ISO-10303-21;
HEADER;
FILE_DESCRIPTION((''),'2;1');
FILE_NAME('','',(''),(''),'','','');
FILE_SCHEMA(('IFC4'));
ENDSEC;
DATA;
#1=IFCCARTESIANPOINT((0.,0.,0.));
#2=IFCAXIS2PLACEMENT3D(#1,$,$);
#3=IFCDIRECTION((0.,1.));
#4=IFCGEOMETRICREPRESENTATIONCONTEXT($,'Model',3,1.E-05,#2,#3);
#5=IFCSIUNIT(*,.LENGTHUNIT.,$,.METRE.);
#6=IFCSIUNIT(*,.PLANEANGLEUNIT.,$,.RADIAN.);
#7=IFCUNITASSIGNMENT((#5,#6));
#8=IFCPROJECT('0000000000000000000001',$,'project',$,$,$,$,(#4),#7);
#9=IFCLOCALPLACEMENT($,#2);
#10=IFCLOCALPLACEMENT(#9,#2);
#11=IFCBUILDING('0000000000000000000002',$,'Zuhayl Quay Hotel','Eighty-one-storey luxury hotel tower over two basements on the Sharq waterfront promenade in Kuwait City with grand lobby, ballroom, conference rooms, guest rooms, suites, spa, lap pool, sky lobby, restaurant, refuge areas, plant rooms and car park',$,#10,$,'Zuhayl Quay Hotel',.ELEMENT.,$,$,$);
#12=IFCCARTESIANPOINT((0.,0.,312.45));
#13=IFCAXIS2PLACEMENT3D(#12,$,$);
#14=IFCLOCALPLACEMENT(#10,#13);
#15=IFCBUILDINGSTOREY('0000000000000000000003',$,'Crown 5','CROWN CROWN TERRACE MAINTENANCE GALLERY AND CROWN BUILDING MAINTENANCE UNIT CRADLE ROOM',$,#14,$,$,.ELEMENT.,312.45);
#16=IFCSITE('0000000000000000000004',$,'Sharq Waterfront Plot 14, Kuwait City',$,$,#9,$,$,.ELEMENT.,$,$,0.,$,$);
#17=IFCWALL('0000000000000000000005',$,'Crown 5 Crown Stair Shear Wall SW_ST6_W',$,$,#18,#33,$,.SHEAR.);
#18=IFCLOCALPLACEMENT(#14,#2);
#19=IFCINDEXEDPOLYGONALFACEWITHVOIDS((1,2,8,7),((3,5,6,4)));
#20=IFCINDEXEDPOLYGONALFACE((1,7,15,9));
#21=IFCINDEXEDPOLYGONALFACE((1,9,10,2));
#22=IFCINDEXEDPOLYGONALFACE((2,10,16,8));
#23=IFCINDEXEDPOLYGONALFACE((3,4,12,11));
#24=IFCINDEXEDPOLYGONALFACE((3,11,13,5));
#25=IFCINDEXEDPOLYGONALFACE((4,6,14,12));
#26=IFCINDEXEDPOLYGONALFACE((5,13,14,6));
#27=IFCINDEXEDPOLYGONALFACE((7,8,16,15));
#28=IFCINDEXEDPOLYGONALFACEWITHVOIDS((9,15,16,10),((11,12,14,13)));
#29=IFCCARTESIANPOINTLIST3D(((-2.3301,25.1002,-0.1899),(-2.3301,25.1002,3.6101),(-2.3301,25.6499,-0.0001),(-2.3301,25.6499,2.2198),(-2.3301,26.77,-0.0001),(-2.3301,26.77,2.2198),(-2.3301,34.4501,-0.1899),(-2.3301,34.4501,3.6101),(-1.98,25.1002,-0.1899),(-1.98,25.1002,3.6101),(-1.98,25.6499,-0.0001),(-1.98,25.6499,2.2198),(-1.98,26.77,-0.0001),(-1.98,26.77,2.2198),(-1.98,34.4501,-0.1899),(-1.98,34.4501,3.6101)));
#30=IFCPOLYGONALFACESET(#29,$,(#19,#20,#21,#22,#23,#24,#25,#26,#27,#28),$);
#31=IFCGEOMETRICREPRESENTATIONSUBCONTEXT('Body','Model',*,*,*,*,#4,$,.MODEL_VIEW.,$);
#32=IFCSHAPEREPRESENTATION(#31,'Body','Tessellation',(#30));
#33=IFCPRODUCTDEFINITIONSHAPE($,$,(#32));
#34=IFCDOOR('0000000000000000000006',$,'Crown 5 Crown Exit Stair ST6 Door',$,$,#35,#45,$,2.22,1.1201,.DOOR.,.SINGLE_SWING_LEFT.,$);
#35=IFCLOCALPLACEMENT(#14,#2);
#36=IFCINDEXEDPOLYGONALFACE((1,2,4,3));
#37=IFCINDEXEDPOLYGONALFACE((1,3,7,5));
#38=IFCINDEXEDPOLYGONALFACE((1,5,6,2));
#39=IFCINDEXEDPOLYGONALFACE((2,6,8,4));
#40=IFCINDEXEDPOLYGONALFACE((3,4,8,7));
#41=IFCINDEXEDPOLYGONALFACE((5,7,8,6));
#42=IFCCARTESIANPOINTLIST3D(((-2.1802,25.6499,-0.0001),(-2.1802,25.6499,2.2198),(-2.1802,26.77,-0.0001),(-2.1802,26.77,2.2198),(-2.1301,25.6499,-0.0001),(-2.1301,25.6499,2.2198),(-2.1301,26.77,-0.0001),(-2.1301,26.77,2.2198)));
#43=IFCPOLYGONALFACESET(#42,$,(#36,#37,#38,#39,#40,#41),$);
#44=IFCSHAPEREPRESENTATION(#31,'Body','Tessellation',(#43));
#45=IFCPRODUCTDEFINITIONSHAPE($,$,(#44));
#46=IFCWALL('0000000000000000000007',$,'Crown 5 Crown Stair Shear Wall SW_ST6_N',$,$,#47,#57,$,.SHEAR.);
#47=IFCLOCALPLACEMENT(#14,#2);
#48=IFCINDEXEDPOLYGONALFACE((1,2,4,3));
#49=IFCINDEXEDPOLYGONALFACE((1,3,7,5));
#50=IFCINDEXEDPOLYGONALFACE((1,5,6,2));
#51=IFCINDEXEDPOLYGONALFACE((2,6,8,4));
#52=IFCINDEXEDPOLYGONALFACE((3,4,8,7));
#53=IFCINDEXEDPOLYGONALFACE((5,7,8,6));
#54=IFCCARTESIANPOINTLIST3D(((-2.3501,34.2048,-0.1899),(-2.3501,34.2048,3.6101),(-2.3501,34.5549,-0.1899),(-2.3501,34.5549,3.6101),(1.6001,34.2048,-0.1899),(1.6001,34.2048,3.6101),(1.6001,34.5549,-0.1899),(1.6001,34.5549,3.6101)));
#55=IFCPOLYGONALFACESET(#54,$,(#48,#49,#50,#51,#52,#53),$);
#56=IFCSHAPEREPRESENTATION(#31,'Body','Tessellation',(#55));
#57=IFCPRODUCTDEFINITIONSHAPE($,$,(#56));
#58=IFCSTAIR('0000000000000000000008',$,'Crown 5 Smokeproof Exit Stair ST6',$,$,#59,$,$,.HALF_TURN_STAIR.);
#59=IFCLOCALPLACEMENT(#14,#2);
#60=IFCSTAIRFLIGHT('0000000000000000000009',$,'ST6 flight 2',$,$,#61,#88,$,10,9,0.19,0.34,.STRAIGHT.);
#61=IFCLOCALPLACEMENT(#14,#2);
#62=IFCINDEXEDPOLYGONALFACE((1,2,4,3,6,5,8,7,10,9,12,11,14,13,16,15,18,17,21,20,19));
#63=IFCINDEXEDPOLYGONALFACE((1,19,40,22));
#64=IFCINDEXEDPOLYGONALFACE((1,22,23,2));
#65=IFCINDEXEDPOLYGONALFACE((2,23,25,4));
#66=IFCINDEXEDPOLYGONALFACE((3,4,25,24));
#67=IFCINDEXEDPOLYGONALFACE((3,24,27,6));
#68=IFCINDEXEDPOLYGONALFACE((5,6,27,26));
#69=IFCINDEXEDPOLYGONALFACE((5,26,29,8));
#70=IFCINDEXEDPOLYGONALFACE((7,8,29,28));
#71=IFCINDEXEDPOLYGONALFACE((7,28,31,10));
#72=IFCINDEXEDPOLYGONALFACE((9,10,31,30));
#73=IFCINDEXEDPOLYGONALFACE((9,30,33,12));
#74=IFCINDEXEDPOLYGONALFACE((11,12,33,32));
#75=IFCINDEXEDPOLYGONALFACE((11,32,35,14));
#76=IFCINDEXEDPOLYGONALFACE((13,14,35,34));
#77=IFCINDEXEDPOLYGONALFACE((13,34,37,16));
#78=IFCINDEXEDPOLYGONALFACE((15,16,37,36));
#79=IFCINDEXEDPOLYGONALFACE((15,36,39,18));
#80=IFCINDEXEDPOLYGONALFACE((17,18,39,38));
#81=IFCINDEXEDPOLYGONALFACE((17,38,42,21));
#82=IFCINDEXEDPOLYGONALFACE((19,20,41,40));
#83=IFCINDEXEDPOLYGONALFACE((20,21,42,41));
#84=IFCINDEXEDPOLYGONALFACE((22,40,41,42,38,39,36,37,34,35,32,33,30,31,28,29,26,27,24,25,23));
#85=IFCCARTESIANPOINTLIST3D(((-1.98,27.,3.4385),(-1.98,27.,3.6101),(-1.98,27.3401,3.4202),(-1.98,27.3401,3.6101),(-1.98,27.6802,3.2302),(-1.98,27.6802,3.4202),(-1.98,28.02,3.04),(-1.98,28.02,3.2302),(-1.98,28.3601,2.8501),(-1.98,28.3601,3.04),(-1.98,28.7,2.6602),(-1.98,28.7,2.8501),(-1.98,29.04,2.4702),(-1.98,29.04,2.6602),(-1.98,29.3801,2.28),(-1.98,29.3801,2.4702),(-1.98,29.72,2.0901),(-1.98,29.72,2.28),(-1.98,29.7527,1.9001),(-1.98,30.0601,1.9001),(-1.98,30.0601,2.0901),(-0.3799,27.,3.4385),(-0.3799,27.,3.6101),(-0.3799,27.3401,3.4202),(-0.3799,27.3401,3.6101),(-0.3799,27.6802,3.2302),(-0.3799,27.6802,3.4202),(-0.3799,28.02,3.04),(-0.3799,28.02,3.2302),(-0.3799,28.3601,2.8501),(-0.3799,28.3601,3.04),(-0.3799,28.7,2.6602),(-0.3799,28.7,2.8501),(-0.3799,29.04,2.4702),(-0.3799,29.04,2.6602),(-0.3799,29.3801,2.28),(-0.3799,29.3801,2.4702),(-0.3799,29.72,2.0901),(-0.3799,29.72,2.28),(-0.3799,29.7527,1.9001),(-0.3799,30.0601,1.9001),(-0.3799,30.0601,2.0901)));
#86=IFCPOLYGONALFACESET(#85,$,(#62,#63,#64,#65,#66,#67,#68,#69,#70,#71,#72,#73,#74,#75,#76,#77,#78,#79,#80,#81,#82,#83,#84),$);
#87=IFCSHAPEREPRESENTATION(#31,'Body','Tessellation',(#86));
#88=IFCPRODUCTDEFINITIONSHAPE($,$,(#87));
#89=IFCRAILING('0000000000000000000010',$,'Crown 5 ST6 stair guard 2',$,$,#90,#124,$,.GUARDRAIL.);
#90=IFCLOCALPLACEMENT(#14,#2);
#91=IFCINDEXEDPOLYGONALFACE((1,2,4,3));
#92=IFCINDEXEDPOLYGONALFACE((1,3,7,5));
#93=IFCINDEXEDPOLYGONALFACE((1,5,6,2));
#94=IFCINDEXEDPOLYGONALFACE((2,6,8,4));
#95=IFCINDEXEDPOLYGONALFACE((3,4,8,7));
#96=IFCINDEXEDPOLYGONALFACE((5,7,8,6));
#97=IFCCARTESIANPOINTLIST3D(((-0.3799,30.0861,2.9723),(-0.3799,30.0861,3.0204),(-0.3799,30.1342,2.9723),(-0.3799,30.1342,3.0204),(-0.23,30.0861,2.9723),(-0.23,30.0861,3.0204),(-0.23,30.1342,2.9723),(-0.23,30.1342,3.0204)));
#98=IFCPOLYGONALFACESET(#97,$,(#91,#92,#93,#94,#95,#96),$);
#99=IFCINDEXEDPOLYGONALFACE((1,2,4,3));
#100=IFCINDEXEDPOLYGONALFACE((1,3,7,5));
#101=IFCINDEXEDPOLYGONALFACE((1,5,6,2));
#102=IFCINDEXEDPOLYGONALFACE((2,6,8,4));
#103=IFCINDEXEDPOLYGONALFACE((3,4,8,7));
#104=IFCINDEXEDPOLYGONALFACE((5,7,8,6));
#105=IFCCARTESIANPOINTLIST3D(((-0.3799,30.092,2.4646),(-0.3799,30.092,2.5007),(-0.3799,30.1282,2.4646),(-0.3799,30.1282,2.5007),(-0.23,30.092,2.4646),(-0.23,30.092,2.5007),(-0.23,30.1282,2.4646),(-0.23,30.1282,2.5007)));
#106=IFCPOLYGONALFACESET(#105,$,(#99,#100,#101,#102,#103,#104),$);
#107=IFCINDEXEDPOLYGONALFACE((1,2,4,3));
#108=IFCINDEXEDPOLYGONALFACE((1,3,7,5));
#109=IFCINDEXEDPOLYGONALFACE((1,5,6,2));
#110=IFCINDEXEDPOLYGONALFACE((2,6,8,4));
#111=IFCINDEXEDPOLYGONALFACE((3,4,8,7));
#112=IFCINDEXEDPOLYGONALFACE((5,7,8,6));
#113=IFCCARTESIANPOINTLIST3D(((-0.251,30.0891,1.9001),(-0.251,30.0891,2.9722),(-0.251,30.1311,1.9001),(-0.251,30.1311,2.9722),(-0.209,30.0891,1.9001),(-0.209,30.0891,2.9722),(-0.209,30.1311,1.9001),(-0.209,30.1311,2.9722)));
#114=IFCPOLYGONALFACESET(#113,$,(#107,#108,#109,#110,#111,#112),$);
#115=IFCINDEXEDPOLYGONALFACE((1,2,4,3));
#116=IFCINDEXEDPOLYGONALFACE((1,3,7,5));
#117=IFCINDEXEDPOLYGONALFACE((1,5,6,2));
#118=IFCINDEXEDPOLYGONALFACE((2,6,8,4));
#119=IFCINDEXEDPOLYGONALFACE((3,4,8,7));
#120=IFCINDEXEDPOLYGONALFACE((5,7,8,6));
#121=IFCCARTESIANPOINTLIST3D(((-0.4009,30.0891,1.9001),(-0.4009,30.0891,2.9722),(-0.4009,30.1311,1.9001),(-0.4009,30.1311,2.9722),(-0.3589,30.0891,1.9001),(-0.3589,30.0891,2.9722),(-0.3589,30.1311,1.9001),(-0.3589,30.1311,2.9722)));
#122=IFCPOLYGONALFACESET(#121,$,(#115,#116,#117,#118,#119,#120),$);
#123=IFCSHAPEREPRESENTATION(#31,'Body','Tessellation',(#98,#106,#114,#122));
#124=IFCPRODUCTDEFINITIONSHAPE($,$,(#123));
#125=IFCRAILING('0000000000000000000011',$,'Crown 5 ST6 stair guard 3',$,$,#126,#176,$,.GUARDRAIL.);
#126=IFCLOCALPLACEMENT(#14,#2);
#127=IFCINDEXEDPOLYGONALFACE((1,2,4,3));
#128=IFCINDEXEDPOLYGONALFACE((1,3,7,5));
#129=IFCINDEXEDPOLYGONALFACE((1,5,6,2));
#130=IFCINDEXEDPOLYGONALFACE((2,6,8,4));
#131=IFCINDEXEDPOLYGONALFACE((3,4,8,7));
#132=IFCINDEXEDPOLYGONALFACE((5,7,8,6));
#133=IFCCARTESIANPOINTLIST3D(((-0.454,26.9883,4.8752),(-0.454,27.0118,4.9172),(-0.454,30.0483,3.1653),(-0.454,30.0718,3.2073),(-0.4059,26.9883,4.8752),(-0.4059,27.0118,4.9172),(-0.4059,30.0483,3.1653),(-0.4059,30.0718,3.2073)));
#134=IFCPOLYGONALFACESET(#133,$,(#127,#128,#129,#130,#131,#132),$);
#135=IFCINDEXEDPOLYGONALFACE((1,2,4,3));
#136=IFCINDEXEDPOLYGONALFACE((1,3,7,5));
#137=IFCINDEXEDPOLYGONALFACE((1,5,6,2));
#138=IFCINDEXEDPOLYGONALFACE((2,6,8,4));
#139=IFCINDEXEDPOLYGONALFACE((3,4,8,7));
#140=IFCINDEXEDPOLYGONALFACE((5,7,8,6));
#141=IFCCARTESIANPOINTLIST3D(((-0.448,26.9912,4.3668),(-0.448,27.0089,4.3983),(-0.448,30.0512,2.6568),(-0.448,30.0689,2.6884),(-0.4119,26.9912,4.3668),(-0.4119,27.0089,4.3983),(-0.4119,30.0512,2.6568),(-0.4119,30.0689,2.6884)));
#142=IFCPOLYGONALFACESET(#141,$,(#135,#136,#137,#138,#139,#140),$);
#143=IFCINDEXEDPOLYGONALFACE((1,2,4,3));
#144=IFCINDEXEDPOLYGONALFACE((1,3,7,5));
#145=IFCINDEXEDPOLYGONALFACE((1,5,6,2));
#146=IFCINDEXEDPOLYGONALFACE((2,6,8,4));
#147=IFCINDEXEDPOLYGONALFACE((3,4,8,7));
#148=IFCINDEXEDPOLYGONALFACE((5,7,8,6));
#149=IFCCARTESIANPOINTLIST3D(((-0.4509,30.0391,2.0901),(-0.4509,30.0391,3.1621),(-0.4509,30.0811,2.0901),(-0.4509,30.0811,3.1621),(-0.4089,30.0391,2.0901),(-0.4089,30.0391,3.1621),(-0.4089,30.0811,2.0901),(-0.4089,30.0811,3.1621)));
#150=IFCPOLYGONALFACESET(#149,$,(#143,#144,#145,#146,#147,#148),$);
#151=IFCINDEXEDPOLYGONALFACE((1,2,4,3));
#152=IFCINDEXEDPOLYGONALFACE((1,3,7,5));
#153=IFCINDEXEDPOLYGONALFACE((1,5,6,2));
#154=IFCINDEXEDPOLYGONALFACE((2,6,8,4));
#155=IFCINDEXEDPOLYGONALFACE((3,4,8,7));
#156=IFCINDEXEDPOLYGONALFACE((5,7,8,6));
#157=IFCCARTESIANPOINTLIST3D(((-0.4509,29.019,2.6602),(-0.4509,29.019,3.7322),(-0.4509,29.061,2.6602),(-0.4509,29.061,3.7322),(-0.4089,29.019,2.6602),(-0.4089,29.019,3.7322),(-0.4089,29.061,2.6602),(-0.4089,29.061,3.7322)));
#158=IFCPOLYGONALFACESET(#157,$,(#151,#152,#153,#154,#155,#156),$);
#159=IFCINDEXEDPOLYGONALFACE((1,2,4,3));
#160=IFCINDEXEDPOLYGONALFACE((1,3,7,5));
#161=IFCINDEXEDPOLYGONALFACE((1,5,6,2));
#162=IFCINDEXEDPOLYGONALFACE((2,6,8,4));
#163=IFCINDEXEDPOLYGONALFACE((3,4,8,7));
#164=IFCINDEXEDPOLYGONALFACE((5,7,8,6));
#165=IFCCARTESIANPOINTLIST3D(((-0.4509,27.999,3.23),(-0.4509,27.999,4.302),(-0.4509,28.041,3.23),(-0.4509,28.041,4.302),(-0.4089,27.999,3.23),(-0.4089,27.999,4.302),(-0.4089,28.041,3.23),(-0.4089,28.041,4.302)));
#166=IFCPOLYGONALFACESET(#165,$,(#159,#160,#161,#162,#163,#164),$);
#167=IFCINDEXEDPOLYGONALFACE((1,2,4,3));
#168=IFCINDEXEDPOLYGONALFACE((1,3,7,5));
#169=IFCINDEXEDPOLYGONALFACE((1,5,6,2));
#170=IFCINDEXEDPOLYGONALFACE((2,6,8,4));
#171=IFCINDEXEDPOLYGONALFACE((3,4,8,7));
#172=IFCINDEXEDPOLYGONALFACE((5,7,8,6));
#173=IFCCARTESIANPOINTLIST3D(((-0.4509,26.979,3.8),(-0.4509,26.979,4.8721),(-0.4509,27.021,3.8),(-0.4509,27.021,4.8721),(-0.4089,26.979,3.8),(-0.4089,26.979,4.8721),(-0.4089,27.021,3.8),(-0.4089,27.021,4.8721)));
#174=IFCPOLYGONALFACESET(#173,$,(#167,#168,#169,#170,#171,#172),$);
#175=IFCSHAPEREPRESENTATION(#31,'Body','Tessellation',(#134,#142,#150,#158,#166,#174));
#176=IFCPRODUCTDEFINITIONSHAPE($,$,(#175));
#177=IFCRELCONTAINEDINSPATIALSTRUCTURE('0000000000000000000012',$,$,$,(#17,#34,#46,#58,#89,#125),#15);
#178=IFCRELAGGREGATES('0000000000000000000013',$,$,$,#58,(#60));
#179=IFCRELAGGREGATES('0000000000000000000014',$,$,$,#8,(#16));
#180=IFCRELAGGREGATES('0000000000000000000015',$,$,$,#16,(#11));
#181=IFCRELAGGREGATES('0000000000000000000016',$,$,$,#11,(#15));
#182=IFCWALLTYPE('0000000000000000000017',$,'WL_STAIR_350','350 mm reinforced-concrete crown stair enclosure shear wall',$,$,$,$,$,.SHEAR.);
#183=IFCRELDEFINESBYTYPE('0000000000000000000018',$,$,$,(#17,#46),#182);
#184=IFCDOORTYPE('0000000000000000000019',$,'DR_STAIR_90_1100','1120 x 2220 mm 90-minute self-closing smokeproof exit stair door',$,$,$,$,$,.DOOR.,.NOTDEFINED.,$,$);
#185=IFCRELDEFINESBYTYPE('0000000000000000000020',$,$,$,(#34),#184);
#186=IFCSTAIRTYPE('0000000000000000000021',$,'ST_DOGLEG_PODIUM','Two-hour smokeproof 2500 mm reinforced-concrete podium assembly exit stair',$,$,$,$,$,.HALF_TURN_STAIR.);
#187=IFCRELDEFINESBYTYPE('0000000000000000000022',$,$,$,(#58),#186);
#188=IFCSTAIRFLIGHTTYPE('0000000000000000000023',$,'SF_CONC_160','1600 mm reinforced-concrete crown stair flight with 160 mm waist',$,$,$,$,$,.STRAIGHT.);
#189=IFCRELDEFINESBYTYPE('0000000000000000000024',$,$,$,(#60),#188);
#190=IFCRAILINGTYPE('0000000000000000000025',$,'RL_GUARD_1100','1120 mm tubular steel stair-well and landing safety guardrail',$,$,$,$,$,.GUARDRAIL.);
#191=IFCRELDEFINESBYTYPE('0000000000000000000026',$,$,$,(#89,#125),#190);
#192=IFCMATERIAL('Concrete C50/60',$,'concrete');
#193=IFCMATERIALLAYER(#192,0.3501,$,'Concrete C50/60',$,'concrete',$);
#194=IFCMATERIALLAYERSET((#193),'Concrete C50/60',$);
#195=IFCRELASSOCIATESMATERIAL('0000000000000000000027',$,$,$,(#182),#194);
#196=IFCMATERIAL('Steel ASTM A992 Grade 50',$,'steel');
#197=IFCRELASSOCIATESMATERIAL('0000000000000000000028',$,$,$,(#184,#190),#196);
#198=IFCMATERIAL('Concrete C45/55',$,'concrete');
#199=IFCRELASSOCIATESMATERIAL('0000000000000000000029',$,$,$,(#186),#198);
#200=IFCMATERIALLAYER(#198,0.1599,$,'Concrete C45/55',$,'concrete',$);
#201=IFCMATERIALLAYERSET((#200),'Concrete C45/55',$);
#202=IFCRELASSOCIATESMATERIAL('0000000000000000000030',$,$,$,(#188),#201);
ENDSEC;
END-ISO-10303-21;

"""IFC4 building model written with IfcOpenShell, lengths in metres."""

from ifc_helpers import new_model, si_unit, direction, frame, frame_2d, origin, origin_2d, place, context, subcontext, project, spatial, polyline, rectangle, outline, extrude, material, layer, layer_set, type_object, element, fill, aggregate, save


model = new_model("IFC4")

# Units and contexts
model_context = context("Model", 3, precision=1e-05, world=origin(), true_north=direction((0.0, 1.0)))
body_context = subcontext(model_context, "Body", "Model", "MODEL_VIEW")
ifc_project = project(units=[si_unit("LENGTHUNIT", "METRE"), si_unit("PLANEANGLEUNIT", "RADIAN")], contexts=[model_context])

# Site, building, storey
site_placement = place(None, origin())
site = spatial("IfcSite", under=ifc_project, at=site_placement, Name="Sharq Waterfront Plot 14, Kuwait City", CompositionType="ELEMENT", RefElevation=0.0)
building_placement = place(site_placement, origin())
building = spatial("IfcBuilding", under=site, at=building_placement, Name="Zuhayl Quay Hotel", Description="Eighty-one-storey luxury hotel tower over two basements on the Sharq waterfront promenade in Kuwait City with grand lobby, ballroom, conference rooms, guest rooms, suites, spa, lap pool, sky lobby, restaurant, refuge areas, plant rooms and car park", LongName="Zuhayl Quay Hotel", CompositionType="ELEMENT")
storey_placement = place(building_placement, frame((0.0, 0.0, 312.45)))
storey = spatial("IfcBuildingStorey", under=building, at=storey_placement, Name="Crown 5", Description="CROWN CROWN TERRACE MAINTENANCE GALLERY AND CROWN BUILDING MAINTENANCE UNIT CRADLE ROOM", CompositionType="ELEMENT", Elevation=312.45)

# Shared definitions
ifc_material_1 = material(Name="Steel ASTM A992 Grade 50", Category="steel")

# Wall, opening, door
ifc_material_2 = material(Name="Concrete C50/60", Category="concrete")
ifc_layer_1 = layer(ifc_material_2, 0.3501, Name="Concrete C50/60", Category="concrete")
ifc_layer_set_1 = layer_set([ifc_layer_1], Name="Concrete C50/60")
wall_type_1 = type_object("IfcWallType", Name="WL_STAIR_350", Description="350 mm reinforced-concrete crown stair enclosure shear wall", PredefinedType="SHEAR", material=ifc_layer_set_1)
wall_1_placement = place(storey_placement, frame((-2.155, 34.45, -0.1899), z_axis=(0.0, 0.0, 1.0), x_axis=(0.0, -1.0, 0.0)))
wall_1 = element("IfcWall", 1, at=wall_1_placement, inside=storey, type_object=wall_type_1, Name="Crown 5 Crown Stair Shear Wall SW_ST6_W", PredefinedType="SHEAR", context=body_context, shape_type="SweptSolid", body=[
    extrude(rectangle(XDim=9.3499, YDim=0.3501, at=frame_2d((4.6748, 0.0))), origin(), (0.0, 0.0, 1.0), 3.8),
])
opening_1_placement = place(wall_1_placement, frame((7.6799, 0.0, 0.1899)))
opening_1 = element("IfcOpeningElement", 2, at=opening_1_placement, cuts=wall_1, PredefinedType="OPENING", context=body_context, shape_type="SweptSolid", body=[
    extrude(rectangle(XDim=1.1201, YDim=2.22, at=frame_2d((0.5601, 1.1099))), frame((0.0, 0.1851, 0.0), z_axis=(0.0, -1.0, 0.0), x_axis=(1.0, 0.0, 0.0)), (0.0, 0.0, 1.0), 0.3701),
])
door_type_1 = type_object("IfcDoorType", Name="DR_STAIR_90_1100", Description="1120 x 2220 mm 90-minute self-closing smokeproof exit stair door", OperationType="NOTDEFINED", PredefinedType="DOOR", material=ifc_material_1)
door_1_placement = place(opening_1_placement, origin())
door_1 = element("IfcDoor", 3, at=door_1_placement, inside=storey, type_object=door_type_1, Name="Crown 5 Crown Exit Stair ST6 Door", OperationType="SINGLE_SWING_LEFT", OverallHeight=2.22, OverallWidth=1.1201, PredefinedType="DOOR", context=body_context, shape_type="SweptSolid", body=[
    extrude(rectangle(XDim=1.1201, YDim=2.22, at=frame_2d((0.5601, 1.1099))), frame((0.0, 0.0249, 0.0), z_axis=(0.0, -1.0, 0.0), x_axis=(1.0, 0.0, 0.0)), (0.0, 0.0, 1.0), 0.05),
])
fill(opening_1, door_1)

# Wall
wall_2_placement = place(storey_placement, frame((-2.3501, 34.3799, -0.1899), z_axis=(0.0, 0.0, 1.0), x_axis=(1.0, 0.0, 0.0)))
element("IfcWall", 4, at=wall_2_placement, inside=storey, type_object=wall_type_1, Name="Crown 5 Crown Stair Shear Wall SW_ST6_N", PredefinedType="SHEAR", context=body_context, shape_type="SweptSolid", body=[
    extrude(rectangle(XDim=3.9502, YDim=0.3501, at=frame_2d((1.9751, 0.0))), origin(), (0.0, 0.0, 1.0), 3.8),
])

# Stair, stair flight
ifc_material_3 = material(Name="Concrete C45/55", Category="concrete")
stair_type = type_object("IfcStairType", Name="ST_DOGLEG_PODIUM", Description="Two-hour smokeproof 2500 mm reinforced-concrete podium assembly exit stair", PredefinedType="HALF_TURN_STAIR", material=ifc_material_3)
stair_placement = place(storey_placement, origin())
stair = element("IfcStair", 5, at=stair_placement, inside=storey, type_object=stair_type, Name="Crown 5 Smokeproof Exit Stair ST6", PredefinedType="HALF_TURN_STAIR")
ifc_layer_2 = layer(ifc_material_3, 0.1599, Name="Concrete C45/55", Category="concrete")
ifc_layer_set_2 = layer_set([ifc_layer_2], Name="Concrete C45/55")
stair_flight_type = type_object("IfcStairFlightType", Name="SF_CONC_160", Description="1600 mm reinforced-concrete crown stair flight with 160 mm waist", PredefinedType="STRAIGHT", material=ifc_layer_set_2)
stair_flight_placement = place(storey_placement, frame((-1.1799, 30.0601, 1.9001), z_axis=(0.0, 0.0, 1.0), x_axis=(0.0, -1.0, 0.0)))
stair_flight = element("IfcStairFlight", 6, at=stair_flight_placement, type_object=stair_flight_type, Name="ST6 flight 2", NumberOfRisers=10, NumberOfTreads=9, PredefinedType="STRAIGHT", RiserHeight=0.19, TreadLength=0.34, context=body_context, shape_type="SweptSolid", body=[
    extrude(outline(polyline([(0.0, 0.0), (0.0, 0.1899), (0.3401, 0.1899), (0.3401, 0.3799), (0.6799, 0.3799), (0.6799, 0.5701), (1.02, 0.5701), (1.02, 0.76), (1.3601, 0.76), (1.3601, 0.95), (1.7, 0.95), (1.7, 1.1399), (2.04, 1.1399), (2.04, 1.3301), (2.3799, 1.3301), (2.3799, 1.52), (2.72, 1.52), (2.72, 1.71), (3.0601, 1.71), (3.0601, 1.8999), (3.0601, 1.5383), (0.3074, 0.0), (0.0, 0.0)])), frame((0.0, 0.8, 0.0), z_axis=(0.0, -1.0, 0.0), x_axis=(1.0, 0.0, 0.0)), (0.0, 0.0, 1.0), 1.6001),
])
aggregate(stair, [stair_flight])

# Railings
railing_type_1 = type_object("IfcRailingType", Name="RL_GUARD_1100", Description="1120 mm tubular steel stair-well and landing safety guardrail", PredefinedType="GUARDRAIL", material=ifc_material_1)
railing_1_placement = place(storey_placement, frame((-0.23, 30.1101, 1.9001)))
element("IfcRailing", 7, at=railing_1_placement, inside=storey, type_object=railing_type_1, Name="Crown 5 ST6 stair guard 2", PredefinedType="GUARDRAIL", context=body_context, shape_type="SweptSolid", body=[
    extrude(rectangle(XDim=0.0481, YDim=0.0481, at=origin_2d()), frame((0.0, 0.0, 1.0962), z_axis=(-1.0, 0.0, 0.0), x_axis=(0.0, -1.0, 0.0)), (0.0, 0.0, 1.0), 0.1499),
    extrude(rectangle(XDim=0.0361, YDim=0.0361, at=origin_2d()), frame((0.0, 0.0, 0.5825), z_axis=(-1.0, 0.0, 0.0), x_axis=(0.0, -1.0, 0.0)), (0.0, 0.0, 1.0), 0.1499),
    extrude(rectangle(XDim=0.042, YDim=0.042, at=origin_2d()), origin(), (0.0, 0.0, 1.0), 1.072),
    extrude(rectangle(XDim=0.042, YDim=0.042, at=origin_2d()), frame((-0.1499, 0.0, 0.0)), (0.0, 0.0, 1.0), 1.072),
])
railing_2_placement = place(storey_placement, frame((-0.4299, 30.0601, 2.0901)))
element("IfcRailing", 8, at=railing_2_placement, inside=storey, type_object=railing_type_1, Name="Crown 5 ST6 stair guard 3", PredefinedType="GUARDRAIL", context=body_context, shape_type="SweptSolid", body=[
    extrude(rectangle(XDim=0.0481, YDim=0.0481, at=origin_2d()), frame((0.0, 0.0, 1.0962), z_axis=(0.0, -0.872952, 0.487806), x_axis=(1.0, 0.0, 0.0)), (0.0, 0.0, 1.0), 3.5054),
    extrude(rectangle(XDim=0.0361, YDim=0.0361, at=origin_2d()), frame((0.0, 0.0, 0.5825), z_axis=(0.0, -0.872952, 0.487806), x_axis=(1.0, 0.0, 0.0)), (0.0, 0.0, 1.0), 3.5054),
    extrude(rectangle(XDim=0.042, YDim=0.042, at=origin_2d()), origin(), (0.0, 0.0, 1.0), 1.072),
    extrude(rectangle(XDim=0.042, YDim=0.042, at=origin_2d()), frame((0.0, -1.02, 0.5701)), (0.0, 0.0, 1.0), 1.072),
    extrude(rectangle(XDim=0.042, YDim=0.042, at=origin_2d()), frame((0.0, -2.04, 1.1399)), (0.0, 0.0, 1.0), 1.072),
    extrude(rectangle(XDim=0.042, YDim=0.042, at=origin_2d()), frame((0.0, -3.0601, 1.71)), (0.0, 0.0, 1.0), 1.072),
])

save(model, "model.ifc")
